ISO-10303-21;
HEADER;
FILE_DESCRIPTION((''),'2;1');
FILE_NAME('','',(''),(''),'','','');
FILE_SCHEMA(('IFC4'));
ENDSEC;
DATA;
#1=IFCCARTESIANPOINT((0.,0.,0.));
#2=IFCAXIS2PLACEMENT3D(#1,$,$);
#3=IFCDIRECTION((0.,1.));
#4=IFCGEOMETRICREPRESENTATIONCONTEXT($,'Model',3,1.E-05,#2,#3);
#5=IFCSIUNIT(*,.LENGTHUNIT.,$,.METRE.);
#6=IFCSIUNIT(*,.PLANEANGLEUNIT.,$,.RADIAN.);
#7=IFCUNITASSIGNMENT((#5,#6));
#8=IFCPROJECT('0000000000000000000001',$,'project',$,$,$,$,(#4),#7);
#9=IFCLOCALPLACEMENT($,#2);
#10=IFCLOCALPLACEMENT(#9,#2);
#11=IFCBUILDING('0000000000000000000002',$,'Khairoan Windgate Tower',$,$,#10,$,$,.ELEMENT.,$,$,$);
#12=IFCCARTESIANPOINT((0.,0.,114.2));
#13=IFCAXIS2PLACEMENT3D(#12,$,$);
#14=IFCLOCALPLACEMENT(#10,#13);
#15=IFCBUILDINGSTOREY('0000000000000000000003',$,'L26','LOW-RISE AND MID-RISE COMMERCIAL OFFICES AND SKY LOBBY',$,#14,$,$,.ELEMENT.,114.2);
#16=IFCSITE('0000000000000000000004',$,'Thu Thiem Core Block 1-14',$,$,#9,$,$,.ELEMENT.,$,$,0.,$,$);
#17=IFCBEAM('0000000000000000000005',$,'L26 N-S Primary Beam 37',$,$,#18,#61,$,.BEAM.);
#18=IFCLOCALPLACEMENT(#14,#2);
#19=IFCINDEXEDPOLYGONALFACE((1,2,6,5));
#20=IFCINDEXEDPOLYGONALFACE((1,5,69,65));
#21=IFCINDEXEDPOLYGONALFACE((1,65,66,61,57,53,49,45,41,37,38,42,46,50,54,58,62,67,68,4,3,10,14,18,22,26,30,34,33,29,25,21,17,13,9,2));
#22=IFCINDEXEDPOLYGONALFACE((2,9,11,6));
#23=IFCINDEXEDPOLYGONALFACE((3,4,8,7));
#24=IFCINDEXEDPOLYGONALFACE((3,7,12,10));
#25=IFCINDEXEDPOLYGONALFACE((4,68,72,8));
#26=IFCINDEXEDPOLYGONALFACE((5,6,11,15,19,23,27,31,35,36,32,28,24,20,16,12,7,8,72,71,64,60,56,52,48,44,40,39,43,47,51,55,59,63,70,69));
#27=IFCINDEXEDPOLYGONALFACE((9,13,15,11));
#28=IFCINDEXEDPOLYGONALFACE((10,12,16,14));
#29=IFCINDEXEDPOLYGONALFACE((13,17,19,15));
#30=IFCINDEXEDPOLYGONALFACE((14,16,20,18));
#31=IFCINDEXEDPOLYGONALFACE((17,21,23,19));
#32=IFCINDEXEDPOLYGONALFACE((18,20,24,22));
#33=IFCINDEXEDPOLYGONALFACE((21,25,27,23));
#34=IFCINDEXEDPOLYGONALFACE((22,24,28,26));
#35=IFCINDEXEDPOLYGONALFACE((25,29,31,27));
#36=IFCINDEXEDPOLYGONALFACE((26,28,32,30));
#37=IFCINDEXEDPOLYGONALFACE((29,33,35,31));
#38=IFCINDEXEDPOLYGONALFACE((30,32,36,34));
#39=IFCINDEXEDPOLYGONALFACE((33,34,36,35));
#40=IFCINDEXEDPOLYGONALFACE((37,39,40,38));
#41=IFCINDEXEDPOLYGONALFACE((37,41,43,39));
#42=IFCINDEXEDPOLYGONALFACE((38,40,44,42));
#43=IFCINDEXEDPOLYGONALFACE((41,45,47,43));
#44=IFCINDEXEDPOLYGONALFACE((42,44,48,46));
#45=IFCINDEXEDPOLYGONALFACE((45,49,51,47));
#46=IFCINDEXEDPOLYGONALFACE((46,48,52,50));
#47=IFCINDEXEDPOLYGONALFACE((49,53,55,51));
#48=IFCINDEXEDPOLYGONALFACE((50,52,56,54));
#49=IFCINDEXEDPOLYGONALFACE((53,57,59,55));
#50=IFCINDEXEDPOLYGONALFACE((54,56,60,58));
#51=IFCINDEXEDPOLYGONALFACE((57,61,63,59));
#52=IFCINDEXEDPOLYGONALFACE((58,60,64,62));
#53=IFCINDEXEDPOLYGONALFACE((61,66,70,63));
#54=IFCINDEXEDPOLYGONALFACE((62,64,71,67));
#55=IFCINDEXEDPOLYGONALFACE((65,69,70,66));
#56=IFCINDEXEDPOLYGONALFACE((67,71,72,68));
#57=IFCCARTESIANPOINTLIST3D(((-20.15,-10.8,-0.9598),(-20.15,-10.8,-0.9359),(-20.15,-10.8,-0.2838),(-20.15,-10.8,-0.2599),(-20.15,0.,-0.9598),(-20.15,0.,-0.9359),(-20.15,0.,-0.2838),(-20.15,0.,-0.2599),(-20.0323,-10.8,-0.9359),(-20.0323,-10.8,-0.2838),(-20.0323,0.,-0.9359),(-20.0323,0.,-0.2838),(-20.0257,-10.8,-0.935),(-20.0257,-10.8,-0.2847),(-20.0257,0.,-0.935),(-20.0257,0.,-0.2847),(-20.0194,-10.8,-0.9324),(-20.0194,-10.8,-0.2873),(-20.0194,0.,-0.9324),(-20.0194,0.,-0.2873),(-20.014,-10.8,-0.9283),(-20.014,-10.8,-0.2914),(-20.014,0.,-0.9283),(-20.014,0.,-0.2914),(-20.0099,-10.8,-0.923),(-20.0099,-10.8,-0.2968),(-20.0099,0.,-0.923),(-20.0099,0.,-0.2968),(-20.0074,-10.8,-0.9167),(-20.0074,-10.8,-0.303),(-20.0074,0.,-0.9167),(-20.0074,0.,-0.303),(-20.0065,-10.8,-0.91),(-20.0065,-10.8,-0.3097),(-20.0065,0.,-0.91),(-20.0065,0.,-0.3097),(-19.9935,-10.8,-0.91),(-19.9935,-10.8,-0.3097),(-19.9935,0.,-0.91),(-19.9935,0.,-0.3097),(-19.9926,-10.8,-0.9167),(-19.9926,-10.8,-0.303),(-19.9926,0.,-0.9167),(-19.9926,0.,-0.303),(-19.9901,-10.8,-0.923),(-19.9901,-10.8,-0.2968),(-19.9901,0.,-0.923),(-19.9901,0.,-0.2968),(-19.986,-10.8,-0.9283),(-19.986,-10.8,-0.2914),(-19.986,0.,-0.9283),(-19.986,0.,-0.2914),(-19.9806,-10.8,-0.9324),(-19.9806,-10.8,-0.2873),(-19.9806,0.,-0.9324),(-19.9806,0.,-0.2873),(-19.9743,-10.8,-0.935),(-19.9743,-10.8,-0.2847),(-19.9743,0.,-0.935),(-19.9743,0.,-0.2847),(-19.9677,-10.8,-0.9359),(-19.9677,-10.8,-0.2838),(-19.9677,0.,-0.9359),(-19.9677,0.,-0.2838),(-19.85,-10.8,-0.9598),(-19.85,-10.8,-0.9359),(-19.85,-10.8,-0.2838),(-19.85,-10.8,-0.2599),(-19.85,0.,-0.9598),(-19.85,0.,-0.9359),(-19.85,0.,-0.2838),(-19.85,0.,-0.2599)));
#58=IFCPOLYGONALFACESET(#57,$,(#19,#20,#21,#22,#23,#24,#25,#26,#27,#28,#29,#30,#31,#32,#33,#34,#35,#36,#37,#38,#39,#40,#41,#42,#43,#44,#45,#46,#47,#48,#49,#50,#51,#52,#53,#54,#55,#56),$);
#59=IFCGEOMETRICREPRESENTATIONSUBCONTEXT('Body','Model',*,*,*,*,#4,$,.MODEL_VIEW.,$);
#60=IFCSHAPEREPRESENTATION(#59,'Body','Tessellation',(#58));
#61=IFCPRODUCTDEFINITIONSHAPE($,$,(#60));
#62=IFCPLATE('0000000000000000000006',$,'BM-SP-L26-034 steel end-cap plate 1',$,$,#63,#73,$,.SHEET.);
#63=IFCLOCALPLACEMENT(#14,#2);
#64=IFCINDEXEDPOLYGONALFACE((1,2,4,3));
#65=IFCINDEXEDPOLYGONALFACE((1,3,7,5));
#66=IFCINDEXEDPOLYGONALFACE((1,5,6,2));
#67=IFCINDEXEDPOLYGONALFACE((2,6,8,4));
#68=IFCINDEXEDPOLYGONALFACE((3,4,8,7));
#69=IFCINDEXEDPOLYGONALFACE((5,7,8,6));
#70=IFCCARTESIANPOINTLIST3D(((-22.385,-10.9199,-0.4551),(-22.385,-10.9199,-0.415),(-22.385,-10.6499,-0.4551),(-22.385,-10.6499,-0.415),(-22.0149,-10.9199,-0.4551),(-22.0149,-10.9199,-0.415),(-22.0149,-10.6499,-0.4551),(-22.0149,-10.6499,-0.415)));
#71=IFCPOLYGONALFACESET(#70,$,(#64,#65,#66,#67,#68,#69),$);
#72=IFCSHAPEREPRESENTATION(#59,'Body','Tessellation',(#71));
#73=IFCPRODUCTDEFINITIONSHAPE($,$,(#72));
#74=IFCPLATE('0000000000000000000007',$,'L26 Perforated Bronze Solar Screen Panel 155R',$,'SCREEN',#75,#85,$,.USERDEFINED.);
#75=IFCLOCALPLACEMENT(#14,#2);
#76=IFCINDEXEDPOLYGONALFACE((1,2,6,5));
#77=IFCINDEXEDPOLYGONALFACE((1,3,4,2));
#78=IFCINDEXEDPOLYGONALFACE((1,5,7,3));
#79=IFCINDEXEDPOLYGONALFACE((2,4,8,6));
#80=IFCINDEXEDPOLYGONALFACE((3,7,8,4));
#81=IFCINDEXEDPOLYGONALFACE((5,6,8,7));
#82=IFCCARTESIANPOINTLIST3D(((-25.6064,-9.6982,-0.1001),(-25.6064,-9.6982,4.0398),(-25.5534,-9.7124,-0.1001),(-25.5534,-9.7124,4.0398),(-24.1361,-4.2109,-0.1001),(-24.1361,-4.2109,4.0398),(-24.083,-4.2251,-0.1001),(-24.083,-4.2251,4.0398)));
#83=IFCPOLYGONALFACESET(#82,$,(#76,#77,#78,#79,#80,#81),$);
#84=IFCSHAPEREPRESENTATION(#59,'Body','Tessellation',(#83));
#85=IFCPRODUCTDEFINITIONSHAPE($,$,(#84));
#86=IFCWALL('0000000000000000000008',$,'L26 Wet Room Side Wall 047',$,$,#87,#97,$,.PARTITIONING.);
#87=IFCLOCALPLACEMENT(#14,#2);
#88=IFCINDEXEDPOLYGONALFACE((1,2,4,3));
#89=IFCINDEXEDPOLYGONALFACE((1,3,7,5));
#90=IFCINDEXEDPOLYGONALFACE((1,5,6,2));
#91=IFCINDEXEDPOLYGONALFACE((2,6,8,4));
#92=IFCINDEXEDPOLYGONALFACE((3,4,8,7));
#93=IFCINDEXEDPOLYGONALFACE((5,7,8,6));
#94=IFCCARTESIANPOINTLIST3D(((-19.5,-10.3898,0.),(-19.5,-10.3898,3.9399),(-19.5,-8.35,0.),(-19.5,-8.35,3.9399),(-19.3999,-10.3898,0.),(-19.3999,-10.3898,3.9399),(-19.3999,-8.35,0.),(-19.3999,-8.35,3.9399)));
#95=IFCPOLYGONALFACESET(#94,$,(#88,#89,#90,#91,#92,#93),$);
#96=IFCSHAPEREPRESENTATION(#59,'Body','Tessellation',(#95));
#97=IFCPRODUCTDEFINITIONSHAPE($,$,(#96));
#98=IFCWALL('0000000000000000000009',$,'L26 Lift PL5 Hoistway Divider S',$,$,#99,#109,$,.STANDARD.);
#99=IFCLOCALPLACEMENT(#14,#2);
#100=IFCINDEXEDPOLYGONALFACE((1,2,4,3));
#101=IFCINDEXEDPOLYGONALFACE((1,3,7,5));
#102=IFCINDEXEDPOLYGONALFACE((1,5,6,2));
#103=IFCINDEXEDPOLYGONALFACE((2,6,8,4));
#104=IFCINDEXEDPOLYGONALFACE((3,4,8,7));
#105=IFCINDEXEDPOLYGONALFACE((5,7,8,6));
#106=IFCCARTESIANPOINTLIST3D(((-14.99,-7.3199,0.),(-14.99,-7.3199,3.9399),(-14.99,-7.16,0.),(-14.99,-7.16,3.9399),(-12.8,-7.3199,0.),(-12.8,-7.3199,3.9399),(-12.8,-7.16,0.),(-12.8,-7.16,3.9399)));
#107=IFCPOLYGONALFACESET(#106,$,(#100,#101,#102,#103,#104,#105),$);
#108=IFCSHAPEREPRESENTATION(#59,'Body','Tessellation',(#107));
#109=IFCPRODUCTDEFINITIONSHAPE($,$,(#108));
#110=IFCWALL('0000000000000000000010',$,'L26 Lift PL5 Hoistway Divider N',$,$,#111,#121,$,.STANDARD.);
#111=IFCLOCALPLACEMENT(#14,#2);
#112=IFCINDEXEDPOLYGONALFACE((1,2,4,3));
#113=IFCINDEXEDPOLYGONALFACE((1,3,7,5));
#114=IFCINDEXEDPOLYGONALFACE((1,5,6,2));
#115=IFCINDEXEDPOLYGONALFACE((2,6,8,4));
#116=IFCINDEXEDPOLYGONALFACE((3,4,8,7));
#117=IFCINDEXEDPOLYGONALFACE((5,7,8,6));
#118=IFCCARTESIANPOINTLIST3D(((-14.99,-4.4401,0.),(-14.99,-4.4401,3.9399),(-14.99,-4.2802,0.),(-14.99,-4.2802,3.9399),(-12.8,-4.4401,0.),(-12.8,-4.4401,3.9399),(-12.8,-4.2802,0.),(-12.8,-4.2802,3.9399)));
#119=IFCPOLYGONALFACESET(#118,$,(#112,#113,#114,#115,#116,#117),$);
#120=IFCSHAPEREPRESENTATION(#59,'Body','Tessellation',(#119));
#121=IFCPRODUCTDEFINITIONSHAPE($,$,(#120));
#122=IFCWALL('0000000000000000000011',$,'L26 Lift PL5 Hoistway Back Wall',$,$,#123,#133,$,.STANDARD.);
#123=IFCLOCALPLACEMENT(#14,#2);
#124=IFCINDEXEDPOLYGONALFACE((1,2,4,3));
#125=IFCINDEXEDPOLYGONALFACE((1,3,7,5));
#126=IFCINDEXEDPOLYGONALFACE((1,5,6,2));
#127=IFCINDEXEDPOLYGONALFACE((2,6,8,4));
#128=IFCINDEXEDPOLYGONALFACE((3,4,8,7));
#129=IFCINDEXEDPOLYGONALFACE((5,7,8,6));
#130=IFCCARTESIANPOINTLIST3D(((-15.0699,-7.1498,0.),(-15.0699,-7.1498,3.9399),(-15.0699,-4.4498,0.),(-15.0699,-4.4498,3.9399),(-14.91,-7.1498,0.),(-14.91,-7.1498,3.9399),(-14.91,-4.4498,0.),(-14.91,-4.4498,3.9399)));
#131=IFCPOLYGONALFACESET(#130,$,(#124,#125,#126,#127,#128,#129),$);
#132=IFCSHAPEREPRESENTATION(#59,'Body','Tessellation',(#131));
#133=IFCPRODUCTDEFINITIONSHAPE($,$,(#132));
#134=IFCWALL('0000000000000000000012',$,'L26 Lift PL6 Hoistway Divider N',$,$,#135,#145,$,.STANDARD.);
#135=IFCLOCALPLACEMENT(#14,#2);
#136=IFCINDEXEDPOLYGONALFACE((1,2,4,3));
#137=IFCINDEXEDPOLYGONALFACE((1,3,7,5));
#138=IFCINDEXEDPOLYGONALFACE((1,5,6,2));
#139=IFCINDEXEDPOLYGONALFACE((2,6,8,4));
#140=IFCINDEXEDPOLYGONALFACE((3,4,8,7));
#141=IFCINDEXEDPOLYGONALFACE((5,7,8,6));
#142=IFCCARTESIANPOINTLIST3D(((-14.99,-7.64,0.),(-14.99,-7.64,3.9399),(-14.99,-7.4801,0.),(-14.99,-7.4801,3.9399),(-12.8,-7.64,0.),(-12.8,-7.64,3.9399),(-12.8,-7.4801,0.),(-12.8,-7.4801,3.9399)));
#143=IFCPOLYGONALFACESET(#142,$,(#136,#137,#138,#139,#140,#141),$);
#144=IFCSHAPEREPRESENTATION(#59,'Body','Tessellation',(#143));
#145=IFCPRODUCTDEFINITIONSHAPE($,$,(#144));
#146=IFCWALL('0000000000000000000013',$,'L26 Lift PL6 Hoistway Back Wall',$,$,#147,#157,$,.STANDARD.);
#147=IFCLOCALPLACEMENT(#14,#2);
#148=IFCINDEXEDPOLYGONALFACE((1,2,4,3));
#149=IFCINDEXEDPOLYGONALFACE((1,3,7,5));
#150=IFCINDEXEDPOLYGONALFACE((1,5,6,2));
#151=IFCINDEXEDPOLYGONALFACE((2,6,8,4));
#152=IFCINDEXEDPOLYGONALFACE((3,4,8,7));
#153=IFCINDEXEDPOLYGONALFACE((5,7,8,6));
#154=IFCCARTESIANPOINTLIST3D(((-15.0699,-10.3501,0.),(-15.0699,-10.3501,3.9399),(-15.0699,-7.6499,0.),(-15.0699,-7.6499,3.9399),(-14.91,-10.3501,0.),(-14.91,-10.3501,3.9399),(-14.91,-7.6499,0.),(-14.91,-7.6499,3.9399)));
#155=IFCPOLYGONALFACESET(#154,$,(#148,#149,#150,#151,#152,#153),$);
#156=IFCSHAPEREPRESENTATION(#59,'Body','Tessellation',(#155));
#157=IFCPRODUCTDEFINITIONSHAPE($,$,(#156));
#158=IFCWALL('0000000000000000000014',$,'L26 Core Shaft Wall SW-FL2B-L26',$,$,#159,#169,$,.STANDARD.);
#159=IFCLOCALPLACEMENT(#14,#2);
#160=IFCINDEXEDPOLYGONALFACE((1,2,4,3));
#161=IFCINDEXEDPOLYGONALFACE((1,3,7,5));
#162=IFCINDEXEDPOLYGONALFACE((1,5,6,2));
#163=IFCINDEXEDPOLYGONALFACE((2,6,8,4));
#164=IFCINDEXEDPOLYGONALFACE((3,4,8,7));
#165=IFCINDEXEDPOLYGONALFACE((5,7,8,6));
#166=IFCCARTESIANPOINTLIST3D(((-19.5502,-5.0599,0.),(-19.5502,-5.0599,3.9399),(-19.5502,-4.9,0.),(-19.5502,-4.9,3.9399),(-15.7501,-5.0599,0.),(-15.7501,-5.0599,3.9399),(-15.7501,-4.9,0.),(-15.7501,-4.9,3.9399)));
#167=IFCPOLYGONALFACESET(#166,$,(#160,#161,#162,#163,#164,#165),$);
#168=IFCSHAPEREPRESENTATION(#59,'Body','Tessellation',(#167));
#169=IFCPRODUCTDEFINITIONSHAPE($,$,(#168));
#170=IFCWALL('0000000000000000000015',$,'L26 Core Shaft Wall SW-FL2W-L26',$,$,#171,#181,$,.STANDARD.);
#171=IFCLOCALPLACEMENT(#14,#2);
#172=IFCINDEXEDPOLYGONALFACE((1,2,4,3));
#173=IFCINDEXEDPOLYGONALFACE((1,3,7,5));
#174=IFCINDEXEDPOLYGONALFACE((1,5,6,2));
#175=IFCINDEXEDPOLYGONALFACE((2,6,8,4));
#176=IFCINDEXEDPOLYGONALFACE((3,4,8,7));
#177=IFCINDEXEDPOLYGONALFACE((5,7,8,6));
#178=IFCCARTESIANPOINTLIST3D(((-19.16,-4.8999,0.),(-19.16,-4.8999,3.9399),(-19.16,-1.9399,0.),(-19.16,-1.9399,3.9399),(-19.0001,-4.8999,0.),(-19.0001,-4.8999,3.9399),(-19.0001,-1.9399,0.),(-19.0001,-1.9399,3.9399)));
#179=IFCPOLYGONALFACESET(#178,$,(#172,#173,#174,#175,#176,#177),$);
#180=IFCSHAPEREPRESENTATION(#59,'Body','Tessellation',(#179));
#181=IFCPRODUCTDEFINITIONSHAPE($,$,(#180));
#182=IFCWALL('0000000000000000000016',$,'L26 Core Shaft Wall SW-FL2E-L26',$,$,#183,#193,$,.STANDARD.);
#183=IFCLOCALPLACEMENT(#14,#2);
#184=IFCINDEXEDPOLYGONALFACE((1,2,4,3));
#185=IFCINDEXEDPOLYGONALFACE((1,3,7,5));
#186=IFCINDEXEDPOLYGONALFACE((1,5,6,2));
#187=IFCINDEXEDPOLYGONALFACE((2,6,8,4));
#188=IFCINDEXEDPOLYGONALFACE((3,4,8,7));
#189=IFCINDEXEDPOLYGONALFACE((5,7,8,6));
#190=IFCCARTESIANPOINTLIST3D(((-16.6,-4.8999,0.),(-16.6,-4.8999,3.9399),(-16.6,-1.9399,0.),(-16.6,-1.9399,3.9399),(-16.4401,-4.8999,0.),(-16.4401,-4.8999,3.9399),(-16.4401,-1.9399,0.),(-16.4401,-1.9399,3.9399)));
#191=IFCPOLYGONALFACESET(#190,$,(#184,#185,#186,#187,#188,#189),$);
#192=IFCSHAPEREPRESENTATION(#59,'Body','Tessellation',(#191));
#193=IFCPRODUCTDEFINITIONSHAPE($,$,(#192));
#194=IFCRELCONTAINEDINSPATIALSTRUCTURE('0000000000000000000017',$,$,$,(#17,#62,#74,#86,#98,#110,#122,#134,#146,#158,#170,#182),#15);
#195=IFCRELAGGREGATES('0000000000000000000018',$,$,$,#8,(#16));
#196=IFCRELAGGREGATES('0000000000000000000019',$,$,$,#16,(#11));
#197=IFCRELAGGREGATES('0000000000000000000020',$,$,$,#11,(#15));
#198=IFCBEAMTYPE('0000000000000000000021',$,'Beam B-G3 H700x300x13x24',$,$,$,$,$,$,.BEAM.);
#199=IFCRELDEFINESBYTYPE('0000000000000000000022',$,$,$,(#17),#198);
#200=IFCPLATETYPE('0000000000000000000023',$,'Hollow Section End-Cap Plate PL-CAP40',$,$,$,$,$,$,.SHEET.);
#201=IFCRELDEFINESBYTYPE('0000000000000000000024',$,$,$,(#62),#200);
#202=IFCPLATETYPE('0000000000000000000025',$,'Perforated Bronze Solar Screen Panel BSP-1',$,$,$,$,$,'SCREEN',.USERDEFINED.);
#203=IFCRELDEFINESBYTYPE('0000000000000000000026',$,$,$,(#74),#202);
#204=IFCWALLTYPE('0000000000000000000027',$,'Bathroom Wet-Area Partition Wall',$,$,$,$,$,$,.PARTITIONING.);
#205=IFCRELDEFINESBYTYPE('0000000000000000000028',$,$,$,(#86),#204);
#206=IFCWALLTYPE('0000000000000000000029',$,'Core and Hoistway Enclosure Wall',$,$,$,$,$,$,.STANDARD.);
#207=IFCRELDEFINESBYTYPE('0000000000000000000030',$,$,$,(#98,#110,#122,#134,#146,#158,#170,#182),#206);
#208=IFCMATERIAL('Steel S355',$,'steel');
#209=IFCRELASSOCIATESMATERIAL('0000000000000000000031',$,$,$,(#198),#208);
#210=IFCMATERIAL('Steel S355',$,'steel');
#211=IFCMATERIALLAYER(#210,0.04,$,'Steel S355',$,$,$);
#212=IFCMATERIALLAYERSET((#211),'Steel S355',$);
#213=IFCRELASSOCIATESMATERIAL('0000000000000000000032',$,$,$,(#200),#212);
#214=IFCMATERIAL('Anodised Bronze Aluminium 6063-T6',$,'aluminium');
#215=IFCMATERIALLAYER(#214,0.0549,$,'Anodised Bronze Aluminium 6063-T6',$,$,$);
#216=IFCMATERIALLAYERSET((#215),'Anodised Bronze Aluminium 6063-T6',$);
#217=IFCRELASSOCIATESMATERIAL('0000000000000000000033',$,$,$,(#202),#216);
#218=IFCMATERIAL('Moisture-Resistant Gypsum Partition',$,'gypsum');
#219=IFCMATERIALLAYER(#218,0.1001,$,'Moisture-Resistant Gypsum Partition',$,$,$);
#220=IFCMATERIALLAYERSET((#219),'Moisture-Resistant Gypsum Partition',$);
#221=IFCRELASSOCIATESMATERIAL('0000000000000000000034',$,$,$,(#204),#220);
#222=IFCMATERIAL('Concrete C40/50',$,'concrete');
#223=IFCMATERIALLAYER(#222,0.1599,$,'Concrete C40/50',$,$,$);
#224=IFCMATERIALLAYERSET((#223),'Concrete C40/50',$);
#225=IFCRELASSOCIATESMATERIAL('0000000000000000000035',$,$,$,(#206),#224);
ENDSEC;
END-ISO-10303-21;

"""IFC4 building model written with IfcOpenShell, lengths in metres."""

from ifc_helpers import new_model, si_unit, direction, frame, frame_2d, origin, origin_2d, place, context, subcontext, project, spatial, rectangle, i_section, extrude, material, layer, layer_set, material_profile, profile_set, type_object, element, save


model = new_model("IFC4")

# Units and contexts
model_context = context("Model", 3, precision=1e-05, world=origin(), true_north=direction((0.0, 1.0)))
body_context = subcontext(model_context, "Body", "Model", "MODEL_VIEW")
ifc_project = project(units=[si_unit("LENGTHUNIT", "METRE"), si_unit("PLANEANGLEUNIT", "RADIAN")], contexts=[model_context])

# Site, building, storey
site_placement = place(None, origin())
site = spatial("IfcSite", under=ifc_project, at=site_placement, Name="Thu Thiem Core Block 1-14", CompositionType="ELEMENT", RefElevation=0.0)
building_placement = place(site_placement, origin())
building = spatial("IfcBuilding", under=site, at=building_placement, Name="Khairoan Windgate Tower", CompositionType="ELEMENT")
storey_placement = place(building_placement, frame((0.0, 0.0, 114.2)))
storey = spatial("IfcBuildingStorey", under=building, at=storey_placement, Name="L26", Description="LOW-RISE AND MID-RISE COMMERCIAL OFFICES AND SKY LOBBY", CompositionType="ELEMENT", Elevation=114.2)

# Beam
ifc_material_1 = material(Name="Steel S355", Category="steel")
ifc_material_profile = material_profile(ifc_material_1, i_section(OverallWidth=0.3, OverallDepth=0.7, WebThickness=0.0129, FlangeThickness=0.0239, FilletRadius=0.0259, at=origin_2d()))
ifc_profile_set = profile_set([ifc_material_profile], Name="Steel S355")
beam_type = type_object("IfcBeamType", Name="Beam B-G3 H700x300x13x24", PredefinedType="BEAM", material=ifc_profile_set)
beam_placement = place(storey_placement, frame((-20.0, -10.8, -0.6099), z_axis=(0.0, 1.0, 0.0), x_axis=(-1.0, 0.0, 0.0)))
element("IfcBeam", 1, at=beam_placement, inside=storey, type_object=beam_type, Name="L26 N-S Primary Beam 37", PredefinedType="BEAM", context=body_context, shape_type="SweptSolid", body=[
    extrude(i_section(OverallWidth=0.3, OverallDepth=0.7, WebThickness=0.0129, FlangeThickness=0.0239, FilletRadius=0.0259, at=origin_2d()), origin(), (0.0, 0.0, 1.0), 10.8),
])

# Plates
ifc_material_2 = material(Name="Steel S355", Category="steel")
ifc_layer_1 = layer(ifc_material_2, 0.04, Name="Steel S355")
ifc_layer_set_1 = layer_set([ifc_layer_1], Name="Steel S355")
plate_type_1 = type_object("IfcPlateType", Name="Hollow Section End-Cap Plate PL-CAP40", PredefinedType="SHEET", material=ifc_layer_set_1)
plate_1_placement = place(storey_placement, frame((-22.2, -10.7849, -0.4551), z_axis=(0.0, 0.0, 1.0), x_axis=(0.0, 1.0, 0.0)))
element("IfcPlate", 2, at=plate_1_placement, inside=storey, type_object=plate_type_1, Name="BM-SP-L26-034 steel end-cap plate 1", PredefinedType="SHEET", context=body_context, shape_type="SweptSolid", body=[
    extrude(rectangle(XDim=0.27, YDim=0.3701, at=origin_2d()), origin(), (0.0, 0.0, 1.0), 0.04),
])
ifc_material_3 = material(Name="Anodised Bronze Aluminium 6063-T6", Category="aluminium")
ifc_layer_2 = layer(ifc_material_3, 0.0549, Name="Anodised Bronze Aluminium 6063-T6")
ifc_layer_set_2 = layer_set([ifc_layer_2], Name="Anodised Bronze Aluminium 6063-T6")
plate_type_2 = type_object("IfcPlateType", Name="Perforated Bronze Solar Screen Panel BSP-1", ElementType="SCREEN", PredefinedType="USERDEFINED", material=ifc_layer_set_2)
plate_2_placement = place(storey_placement, frame((-24.8447, -6.9617, -0.1001), z_axis=(0.0, 0.0, 1.0), x_axis=(0.258819, 0.965926, 0.0)))
element("IfcPlate", 3, at=plate_2_placement, inside=storey, type_object=plate_type_2, Name="L26 Perforated Bronze Solar Screen Panel 155R", ObjectType="SCREEN", PredefinedType="USERDEFINED", context=body_context, shape_type="SweptSolid", body=[
    extrude(rectangle(XDim=5.6809, YDim=0.0549, at=origin_2d()), origin(), (0.0, 0.0, 1.0), 4.1399),
])

# Walls
ifc_material_4 = material(Name="Moisture-Resistant Gypsum Partition", Category="gypsum")
ifc_layer_3 = layer(ifc_material_4, 0.1001, Name="Moisture-Resistant Gypsum Partition")
ifc_layer_set_3 = layer_set([ifc_layer_3], Name="Moisture-Resistant Gypsum Partition")
wall_type_1 = type_object("IfcWallType", Name="Bathroom Wet-Area Partition Wall", PredefinedType="PARTITIONING", material=ifc_layer_set_3)
wall_1_placement = place(storey_placement, frame((-19.45, -10.3899, 0.0), z_axis=(0.0, 0.0, 1.0), x_axis=(0.0, 1.0, 0.0)))
element("IfcWall", 4, at=wall_1_placement, inside=storey, type_object=wall_type_1, Name="L26 Wet Room Side Wall 047", PredefinedType="PARTITIONING", context=body_context, shape_type="SweptSolid", body=[
    extrude(rectangle(XDim=2.0398, YDim=0.1001, at=frame_2d((1.02, 0.0))), origin(), (0.0, 0.0, 1.0), 3.9399),
])
ifc_material_5 = material(Name="Concrete C40/50", Category="concrete")
ifc_layer_4 = layer(ifc_material_5, 0.1599, Name="Concrete C40/50")
ifc_layer_set_4 = layer_set([ifc_layer_4], Name="Concrete C40/50")
wall_type_2 = type_object("IfcWallType", Name="Core and Hoistway Enclosure Wall", PredefinedType="STANDARD", material=ifc_layer_set_4)
for number, where, z_axis, x_axis, name in (
    (5, (-14.99, -7.24, 0.0), (0.0, 0.0, 1.0), (1.0, 0.0, 0.0), "L26 Lift PL5 Hoistway Divider S"),
    (6, (-14.99, -4.3601, 0.0), (0.0, 0.0, 1.0), (1.0, 0.0, 0.0), "L26 Lift PL5 Hoistway Divider N"),
):
    element("IfcWall", number, at=place(storey_placement, frame(where, z_axis=z_axis, x_axis=x_axis)), inside=storey, type_object=wall_type_2, Name=name, PredefinedType="STANDARD", context=body_context, shape_type="SweptSolid", body=[
        extrude(rectangle(XDim=2.1899, YDim=0.1599, at=frame_2d((1.095, 0.0))), origin(), (0.0, 0.0, 1.0), 3.9399),
    ])
wall_2_placement = place(storey_placement, frame((-14.99, -7.1499, 0.0), z_axis=(0.0, 0.0, 1.0), x_axis=(0.0, 1.0, 0.0)))
element("IfcWall", 7, at=wall_2_placement, inside=storey, type_object=wall_type_2, Name="L26 Lift PL5 Hoistway Back Wall", PredefinedType="STANDARD", context=body_context, shape_type="SweptSolid", body=[
    extrude(rectangle(XDim=2.7, YDim=0.1599, at=frame_2d((1.3501, 0.0))), origin(), (0.0, 0.0, 1.0), 3.9399),
])
wall_3_placement = place(storey_placement, frame((-14.99, -7.5601, 0.0), z_axis=(0.0, 0.0, 1.0), x_axis=(1.0, 0.0, 0.0)))
element("IfcWall", 8, at=wall_3_placement, inside=storey, type_object=wall_type_2, Name="L26 Lift PL6 Hoistway Divider N", PredefinedType="STANDARD", context=body_context, shape_type="SweptSolid", body=[
    extrude(rectangle(XDim=2.1899, YDim=0.1599, at=frame_2d((1.095, 0.0))), origin(), (0.0, 0.0, 1.0), 3.9399),
])
wall_4_placement = place(storey_placement, frame((-14.99, -10.3501, 0.0), z_axis=(0.0, 0.0, 1.0), x_axis=(0.0, 1.0, 0.0)))
element("IfcWall", 9, at=wall_4_placement, inside=storey, type_object=wall_type_2, Name="L26 Lift PL6 Hoistway Back Wall", PredefinedType="STANDARD", context=body_context, shape_type="SweptSolid", body=[
    extrude(rectangle(XDim=2.7002, YDim=0.1599, at=frame_2d((1.3501, 0.0))), origin(), (0.0, 0.0, 1.0), 3.9399),
])
wall_5_placement = place(storey_placement, frame((-19.55, -4.98, 0.0), z_axis=(0.0, 0.0, 1.0), x_axis=(1.0, 0.0, 0.0)))
element("IfcWall", 10, at=wall_5_placement, inside=storey, type_object=wall_type_2, Name="L26 Core Shaft Wall SW-FL2B-L26", PredefinedType="STANDARD", context=body_context, shape_type="SweptSolid", body=[
    extrude(rectangle(XDim=3.8, YDim=0.1599, at=frame_2d((1.8999, 0.0))), origin(), (0.0, 0.0, 1.0), 3.9399),
])
for number, where, z_axis, x_axis, name in (
    (11, (-19.0801, -4.8999, 0.0), (0.0, 0.0, 1.0), (0.0, 1.0, 0.0), "L26 Core Shaft Wall SW-FL2W-L26"),
    (12, (-16.52, -4.8999, 0.0), (0.0, 0.0, 1.0), (0.0, 1.0, 0.0), "L26 Core Shaft Wall SW-FL2E-L26"),
):
    element("IfcWall", number, at=place(storey_placement, frame(where, z_axis=z_axis, x_axis=x_axis)), inside=storey, type_object=wall_type_2, Name=name, PredefinedType="STANDARD", context=body_context, shape_type="SweptSolid", body=[
        extrude(rectangle(XDim=2.96, YDim=0.1599, at=frame_2d((1.48, 0.0))), origin(), (0.0, 0.0, 1.0), 3.9399),
    ])

save(model, "model.ifc")
